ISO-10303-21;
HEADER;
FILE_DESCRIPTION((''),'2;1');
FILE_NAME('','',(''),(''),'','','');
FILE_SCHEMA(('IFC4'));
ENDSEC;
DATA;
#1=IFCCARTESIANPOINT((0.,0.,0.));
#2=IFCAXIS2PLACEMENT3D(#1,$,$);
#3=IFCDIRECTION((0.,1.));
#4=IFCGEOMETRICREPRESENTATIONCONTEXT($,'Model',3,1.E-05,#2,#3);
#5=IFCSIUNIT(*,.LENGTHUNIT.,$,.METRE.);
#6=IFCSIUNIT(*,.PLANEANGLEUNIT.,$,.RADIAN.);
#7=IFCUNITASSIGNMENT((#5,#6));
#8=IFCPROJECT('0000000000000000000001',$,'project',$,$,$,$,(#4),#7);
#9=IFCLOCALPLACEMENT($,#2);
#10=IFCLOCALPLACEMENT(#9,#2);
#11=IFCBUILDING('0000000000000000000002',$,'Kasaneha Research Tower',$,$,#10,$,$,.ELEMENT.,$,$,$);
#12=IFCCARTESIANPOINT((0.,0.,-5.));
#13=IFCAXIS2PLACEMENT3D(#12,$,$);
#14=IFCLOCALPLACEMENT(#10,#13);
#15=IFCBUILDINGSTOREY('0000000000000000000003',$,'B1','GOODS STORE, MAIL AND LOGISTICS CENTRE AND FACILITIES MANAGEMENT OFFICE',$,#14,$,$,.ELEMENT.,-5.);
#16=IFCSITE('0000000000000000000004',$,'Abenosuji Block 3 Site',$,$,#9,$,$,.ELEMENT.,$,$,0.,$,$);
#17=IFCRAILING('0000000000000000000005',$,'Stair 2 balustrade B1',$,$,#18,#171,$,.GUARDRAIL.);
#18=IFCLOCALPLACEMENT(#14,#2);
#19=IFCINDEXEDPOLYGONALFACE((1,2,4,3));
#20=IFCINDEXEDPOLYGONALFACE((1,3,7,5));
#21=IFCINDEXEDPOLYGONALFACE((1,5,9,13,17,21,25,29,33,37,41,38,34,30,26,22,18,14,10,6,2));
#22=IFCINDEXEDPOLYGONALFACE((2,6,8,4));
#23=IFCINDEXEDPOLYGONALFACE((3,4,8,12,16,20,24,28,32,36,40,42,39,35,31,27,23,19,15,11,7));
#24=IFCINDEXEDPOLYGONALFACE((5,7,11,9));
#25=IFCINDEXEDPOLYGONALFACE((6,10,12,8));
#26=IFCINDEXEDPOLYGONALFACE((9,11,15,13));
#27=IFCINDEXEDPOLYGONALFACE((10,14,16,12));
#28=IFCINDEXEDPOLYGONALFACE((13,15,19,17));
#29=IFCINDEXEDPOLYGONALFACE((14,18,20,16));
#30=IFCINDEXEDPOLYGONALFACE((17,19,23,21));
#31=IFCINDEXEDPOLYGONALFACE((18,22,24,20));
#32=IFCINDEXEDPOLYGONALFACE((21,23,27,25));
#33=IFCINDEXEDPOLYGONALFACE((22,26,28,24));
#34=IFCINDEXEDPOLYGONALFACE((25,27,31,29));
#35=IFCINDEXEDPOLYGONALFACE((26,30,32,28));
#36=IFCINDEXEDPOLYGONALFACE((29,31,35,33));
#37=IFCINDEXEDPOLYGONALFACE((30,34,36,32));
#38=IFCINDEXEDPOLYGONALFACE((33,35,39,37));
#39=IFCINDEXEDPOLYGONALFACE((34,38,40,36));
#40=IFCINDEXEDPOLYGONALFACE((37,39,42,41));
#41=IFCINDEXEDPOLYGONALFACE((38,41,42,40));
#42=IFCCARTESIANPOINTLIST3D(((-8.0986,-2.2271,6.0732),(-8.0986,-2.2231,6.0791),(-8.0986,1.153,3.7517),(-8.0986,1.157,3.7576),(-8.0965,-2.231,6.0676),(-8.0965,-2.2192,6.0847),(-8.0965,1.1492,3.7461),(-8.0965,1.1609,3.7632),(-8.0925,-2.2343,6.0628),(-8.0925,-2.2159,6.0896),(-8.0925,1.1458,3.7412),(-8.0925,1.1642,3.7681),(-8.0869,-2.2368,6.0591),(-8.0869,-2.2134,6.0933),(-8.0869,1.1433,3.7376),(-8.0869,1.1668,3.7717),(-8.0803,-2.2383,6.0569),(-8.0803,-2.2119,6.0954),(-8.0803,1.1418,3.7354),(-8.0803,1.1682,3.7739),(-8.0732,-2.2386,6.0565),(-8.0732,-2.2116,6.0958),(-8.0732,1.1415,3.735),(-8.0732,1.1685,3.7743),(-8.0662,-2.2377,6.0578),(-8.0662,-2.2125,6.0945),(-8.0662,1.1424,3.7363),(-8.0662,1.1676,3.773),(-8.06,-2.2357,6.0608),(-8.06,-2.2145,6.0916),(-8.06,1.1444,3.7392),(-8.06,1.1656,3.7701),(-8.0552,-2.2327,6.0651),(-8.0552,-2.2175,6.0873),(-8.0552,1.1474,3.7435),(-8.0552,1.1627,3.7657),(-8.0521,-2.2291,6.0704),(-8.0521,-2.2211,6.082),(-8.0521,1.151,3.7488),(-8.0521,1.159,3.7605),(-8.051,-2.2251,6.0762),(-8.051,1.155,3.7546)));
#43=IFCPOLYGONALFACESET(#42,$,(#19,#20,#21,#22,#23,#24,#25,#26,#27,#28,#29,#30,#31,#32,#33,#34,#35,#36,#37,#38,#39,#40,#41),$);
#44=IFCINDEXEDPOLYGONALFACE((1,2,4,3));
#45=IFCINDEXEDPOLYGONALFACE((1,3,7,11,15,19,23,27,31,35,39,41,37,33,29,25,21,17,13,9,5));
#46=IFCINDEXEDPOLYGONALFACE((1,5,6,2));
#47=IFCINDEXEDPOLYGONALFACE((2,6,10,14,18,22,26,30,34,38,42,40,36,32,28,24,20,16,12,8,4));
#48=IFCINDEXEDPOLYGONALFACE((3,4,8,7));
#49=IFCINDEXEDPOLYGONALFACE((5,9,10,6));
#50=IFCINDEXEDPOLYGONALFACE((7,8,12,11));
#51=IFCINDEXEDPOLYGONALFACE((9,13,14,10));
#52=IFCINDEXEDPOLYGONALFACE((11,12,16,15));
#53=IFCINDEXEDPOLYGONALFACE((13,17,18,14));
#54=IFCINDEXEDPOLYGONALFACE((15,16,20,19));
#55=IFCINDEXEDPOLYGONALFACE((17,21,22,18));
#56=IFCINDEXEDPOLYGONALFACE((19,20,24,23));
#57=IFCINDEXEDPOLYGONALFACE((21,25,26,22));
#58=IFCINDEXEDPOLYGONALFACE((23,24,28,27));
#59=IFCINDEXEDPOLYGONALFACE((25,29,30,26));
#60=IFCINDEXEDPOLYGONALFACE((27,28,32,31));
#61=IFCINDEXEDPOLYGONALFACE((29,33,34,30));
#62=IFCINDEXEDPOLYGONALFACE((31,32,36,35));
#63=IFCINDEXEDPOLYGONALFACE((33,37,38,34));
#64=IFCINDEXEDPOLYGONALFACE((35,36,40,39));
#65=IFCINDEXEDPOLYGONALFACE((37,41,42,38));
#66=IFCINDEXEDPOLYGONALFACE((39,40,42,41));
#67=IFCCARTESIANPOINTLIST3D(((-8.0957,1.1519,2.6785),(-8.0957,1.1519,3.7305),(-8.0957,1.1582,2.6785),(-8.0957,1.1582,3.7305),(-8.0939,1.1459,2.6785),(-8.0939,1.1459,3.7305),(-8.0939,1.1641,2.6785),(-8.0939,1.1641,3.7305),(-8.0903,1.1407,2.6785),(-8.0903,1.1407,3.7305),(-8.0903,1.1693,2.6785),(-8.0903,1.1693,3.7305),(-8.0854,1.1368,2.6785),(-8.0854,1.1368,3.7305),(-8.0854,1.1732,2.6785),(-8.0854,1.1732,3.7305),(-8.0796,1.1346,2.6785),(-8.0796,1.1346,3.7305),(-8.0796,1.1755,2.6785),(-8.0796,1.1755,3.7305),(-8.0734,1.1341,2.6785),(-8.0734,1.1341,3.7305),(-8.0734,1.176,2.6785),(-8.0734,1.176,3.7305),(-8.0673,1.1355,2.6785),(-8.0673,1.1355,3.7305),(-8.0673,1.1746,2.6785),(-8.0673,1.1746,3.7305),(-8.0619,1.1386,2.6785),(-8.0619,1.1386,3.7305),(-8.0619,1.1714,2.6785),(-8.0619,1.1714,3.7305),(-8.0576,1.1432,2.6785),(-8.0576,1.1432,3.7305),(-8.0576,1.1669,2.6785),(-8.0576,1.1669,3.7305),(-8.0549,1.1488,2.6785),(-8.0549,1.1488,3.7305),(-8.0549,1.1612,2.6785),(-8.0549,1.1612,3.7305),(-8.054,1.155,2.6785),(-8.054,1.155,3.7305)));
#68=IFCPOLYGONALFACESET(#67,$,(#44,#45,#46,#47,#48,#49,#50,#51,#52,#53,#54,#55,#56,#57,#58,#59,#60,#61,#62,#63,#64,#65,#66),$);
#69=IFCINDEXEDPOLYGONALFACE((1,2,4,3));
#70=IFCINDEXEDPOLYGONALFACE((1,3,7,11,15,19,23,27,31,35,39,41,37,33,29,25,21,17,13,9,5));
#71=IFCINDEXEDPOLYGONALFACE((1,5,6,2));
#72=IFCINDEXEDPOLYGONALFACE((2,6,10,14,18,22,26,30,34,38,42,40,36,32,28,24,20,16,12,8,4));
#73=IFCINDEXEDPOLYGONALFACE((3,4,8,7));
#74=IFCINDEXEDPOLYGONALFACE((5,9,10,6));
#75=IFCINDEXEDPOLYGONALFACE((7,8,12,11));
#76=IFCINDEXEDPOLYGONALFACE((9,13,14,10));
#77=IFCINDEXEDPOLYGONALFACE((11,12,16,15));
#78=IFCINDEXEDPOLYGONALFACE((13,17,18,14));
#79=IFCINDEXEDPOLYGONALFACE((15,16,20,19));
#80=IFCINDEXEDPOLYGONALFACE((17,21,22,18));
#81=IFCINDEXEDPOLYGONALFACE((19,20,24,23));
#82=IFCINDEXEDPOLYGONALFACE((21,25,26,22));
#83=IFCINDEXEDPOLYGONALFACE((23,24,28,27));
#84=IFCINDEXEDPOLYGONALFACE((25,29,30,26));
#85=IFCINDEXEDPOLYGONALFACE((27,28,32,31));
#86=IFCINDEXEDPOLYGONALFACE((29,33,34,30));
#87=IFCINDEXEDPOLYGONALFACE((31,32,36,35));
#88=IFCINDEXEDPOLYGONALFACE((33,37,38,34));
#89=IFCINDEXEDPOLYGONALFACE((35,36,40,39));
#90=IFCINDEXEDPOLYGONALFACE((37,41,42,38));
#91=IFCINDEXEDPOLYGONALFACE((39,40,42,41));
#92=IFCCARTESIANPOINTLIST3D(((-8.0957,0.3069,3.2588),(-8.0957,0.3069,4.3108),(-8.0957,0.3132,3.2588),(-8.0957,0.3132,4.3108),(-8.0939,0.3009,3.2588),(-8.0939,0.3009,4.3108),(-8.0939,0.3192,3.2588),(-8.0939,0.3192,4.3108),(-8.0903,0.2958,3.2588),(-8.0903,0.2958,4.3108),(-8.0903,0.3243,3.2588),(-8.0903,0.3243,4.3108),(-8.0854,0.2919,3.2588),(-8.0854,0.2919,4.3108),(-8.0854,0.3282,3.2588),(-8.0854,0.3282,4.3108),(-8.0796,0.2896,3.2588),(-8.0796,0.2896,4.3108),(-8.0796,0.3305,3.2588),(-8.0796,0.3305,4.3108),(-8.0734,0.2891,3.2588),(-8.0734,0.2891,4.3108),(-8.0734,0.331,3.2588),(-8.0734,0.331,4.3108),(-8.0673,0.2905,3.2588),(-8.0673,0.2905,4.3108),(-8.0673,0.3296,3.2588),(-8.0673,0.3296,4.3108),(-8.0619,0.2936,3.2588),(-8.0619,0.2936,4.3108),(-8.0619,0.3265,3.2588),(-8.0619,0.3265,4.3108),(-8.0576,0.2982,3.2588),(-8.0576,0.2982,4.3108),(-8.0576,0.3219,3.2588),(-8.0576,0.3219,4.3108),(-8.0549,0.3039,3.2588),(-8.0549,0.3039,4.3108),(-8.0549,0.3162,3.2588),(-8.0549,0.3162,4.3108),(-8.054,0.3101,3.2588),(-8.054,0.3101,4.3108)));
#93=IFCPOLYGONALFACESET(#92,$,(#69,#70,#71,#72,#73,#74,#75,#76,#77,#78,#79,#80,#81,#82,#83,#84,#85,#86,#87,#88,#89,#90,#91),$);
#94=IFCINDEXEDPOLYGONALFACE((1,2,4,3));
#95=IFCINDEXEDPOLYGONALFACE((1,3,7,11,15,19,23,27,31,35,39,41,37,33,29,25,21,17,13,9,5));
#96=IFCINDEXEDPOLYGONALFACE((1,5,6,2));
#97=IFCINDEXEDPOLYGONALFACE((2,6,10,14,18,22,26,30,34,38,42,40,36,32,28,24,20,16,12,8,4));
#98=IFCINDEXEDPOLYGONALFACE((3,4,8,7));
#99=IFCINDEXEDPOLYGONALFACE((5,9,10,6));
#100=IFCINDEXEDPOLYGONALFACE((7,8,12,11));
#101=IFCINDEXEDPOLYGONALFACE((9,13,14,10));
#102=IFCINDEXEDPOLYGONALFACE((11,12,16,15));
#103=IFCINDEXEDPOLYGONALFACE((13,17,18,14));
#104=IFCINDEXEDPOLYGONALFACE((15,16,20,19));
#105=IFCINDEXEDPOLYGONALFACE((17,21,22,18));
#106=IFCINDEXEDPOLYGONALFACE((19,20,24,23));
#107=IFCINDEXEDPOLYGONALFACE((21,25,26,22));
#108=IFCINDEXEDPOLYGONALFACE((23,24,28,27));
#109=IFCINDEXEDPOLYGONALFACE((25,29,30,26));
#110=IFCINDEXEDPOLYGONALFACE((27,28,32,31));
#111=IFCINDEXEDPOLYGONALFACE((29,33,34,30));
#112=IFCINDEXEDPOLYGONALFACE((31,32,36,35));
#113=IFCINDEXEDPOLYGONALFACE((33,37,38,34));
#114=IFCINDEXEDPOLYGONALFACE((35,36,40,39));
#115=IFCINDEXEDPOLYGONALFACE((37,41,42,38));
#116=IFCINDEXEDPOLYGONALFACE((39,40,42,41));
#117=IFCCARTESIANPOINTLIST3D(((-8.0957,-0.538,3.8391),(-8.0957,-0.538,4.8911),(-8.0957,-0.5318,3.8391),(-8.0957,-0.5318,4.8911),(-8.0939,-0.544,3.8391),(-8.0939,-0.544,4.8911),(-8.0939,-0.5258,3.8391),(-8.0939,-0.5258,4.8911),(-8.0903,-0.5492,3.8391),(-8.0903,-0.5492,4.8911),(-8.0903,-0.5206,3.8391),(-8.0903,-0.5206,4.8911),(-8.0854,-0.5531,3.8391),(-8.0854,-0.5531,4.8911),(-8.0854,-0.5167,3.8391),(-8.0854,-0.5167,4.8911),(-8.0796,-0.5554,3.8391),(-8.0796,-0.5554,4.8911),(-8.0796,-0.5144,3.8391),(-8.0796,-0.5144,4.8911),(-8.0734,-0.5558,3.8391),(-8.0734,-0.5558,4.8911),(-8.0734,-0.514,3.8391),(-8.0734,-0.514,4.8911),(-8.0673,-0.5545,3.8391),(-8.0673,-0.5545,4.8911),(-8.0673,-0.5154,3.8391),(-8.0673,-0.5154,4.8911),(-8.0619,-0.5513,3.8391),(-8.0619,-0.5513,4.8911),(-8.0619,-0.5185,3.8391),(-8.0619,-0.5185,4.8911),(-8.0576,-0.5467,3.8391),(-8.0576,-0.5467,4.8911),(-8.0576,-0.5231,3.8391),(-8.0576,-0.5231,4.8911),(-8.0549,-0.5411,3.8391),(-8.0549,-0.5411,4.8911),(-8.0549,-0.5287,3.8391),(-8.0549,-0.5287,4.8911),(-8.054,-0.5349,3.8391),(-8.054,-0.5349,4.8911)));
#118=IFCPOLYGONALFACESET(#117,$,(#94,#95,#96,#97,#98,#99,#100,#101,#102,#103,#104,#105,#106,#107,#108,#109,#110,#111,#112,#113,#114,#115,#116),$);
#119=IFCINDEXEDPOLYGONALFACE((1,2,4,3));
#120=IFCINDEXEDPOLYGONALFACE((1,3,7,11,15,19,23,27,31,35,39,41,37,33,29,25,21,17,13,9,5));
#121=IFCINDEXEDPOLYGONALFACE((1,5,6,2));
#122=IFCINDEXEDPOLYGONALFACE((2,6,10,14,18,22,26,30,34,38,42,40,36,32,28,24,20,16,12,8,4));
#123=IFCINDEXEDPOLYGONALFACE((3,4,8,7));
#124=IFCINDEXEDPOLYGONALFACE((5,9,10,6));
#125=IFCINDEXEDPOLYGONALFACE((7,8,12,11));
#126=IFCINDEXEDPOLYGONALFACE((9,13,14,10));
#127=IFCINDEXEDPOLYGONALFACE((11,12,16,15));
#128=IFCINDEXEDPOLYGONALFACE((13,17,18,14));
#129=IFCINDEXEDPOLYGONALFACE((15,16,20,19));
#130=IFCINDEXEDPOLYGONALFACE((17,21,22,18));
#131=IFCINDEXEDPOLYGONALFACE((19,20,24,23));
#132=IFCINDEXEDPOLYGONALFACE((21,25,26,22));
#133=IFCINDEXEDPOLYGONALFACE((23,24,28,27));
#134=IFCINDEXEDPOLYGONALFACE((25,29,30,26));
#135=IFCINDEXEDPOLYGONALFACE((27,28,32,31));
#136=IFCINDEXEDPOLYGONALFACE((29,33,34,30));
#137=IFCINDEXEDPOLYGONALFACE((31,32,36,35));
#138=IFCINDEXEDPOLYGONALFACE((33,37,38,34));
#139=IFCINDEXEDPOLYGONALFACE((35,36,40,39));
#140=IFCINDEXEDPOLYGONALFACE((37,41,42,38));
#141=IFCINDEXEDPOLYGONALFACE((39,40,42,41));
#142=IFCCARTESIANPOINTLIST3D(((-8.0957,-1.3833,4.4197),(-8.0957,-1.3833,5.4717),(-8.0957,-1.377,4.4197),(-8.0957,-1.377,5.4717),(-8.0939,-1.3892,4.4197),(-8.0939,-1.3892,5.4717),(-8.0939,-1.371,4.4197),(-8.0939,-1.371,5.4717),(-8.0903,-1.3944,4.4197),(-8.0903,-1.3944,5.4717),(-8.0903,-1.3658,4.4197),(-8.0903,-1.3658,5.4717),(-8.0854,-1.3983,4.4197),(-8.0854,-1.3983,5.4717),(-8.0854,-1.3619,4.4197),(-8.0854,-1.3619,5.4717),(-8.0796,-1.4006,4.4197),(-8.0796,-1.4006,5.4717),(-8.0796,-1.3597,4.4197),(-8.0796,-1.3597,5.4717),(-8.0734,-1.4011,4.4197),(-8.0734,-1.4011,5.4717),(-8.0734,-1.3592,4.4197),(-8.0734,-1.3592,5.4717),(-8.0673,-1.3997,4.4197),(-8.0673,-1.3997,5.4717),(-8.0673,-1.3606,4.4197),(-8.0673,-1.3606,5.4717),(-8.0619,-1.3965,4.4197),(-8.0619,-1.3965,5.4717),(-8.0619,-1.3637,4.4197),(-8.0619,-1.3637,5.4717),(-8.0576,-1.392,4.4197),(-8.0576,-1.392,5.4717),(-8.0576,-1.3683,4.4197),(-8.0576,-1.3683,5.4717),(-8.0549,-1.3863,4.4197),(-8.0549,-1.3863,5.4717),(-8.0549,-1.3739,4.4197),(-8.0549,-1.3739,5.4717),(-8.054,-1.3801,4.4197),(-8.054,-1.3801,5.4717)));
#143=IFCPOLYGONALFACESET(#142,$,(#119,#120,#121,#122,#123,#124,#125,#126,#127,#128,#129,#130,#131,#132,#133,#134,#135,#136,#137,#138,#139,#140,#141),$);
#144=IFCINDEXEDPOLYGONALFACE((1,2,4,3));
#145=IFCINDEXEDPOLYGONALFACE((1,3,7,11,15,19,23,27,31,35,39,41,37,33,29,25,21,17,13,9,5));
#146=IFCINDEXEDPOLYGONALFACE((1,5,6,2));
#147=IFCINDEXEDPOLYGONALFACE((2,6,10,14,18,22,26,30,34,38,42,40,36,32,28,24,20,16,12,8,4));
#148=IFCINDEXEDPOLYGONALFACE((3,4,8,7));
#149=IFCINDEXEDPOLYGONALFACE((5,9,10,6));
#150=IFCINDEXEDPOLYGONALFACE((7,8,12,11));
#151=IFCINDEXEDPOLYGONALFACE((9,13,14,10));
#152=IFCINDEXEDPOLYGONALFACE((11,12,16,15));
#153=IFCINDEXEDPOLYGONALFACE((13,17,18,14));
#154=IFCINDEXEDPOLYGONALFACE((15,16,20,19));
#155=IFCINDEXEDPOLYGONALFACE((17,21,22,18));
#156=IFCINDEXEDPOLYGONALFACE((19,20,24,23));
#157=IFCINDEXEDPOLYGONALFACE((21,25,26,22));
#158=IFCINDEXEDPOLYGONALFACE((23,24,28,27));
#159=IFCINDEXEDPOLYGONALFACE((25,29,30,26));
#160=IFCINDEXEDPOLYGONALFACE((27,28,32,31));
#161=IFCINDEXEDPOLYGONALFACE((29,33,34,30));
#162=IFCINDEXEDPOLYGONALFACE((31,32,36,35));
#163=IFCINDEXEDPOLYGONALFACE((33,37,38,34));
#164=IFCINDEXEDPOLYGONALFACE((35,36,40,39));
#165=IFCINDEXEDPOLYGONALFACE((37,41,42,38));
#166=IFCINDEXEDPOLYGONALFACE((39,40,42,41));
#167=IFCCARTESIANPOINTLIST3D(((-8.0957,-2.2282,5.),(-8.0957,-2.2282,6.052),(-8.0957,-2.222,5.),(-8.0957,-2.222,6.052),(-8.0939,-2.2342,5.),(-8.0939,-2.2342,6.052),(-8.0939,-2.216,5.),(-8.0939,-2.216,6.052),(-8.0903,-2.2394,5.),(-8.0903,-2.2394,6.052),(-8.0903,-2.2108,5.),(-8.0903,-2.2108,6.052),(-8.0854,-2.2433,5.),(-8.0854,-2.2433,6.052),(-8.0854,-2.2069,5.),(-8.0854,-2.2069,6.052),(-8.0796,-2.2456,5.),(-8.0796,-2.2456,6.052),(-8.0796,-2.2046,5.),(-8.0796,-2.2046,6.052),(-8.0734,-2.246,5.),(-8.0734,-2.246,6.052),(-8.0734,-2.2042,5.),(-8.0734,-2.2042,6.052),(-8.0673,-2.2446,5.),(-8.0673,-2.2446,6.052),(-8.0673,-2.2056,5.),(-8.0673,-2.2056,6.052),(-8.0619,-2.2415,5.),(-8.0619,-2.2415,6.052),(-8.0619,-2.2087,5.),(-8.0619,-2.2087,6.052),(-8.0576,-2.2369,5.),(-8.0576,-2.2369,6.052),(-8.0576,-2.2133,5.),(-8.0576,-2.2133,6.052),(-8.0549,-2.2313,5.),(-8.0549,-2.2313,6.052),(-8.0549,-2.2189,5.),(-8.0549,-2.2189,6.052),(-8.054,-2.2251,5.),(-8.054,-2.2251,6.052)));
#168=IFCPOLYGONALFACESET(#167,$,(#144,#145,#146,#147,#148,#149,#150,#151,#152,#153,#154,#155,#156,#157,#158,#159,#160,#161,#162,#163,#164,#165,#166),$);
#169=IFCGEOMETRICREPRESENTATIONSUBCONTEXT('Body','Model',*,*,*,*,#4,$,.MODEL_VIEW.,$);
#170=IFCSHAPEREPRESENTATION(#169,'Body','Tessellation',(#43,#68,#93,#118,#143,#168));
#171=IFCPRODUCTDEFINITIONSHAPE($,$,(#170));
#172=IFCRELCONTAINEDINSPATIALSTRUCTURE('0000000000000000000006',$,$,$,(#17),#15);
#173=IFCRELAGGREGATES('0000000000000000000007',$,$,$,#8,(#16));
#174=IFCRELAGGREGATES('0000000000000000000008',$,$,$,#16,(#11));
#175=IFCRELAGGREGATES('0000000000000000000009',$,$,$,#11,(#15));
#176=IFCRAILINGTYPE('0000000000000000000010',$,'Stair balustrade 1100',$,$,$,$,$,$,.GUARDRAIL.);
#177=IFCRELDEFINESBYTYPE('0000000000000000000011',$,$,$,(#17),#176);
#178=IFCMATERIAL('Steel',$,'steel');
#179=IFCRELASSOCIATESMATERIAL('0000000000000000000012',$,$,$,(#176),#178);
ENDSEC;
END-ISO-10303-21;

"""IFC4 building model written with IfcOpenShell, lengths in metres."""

from ifc_helpers import new_model, si_unit, direction, frame, origin, origin_2d, place, context, subcontext, project, spatial, circle, extrude, material, type_object, element, save


model = new_model("IFC4")

# Units and contexts
model_context = context("Model", 3, precision=1e-05, world=origin(), true_north=direction((0.0, 1.0)))
body_context = subcontext(model_context, "Body", "Model", "MODEL_VIEW")
ifc_project = project(units=[si_unit("LENGTHUNIT", "METRE"), si_unit("PLANEANGLEUNIT", "RADIAN")], contexts=[model_context])

# Site, building, storey
site_placement = place(None, origin())
site = spatial("IfcSite", under=ifc_project, at=site_placement, Name="Abenosuji Block 3 Site", CompositionType="ELEMENT", RefElevation=0.0)
building_placement = place(site_placement, origin())
building = spatial("IfcBuilding", under=site, at=building_placement, Name="Kasaneha Research Tower", CompositionType="ELEMENT")
storey_placement = place(building_placement, frame((0.0, 0.0, -5.0)))
storey = spatial("IfcBuildingStorey", under=building, at=storey_placement, Name="B1", Description="GOODS STORE, MAIL AND LOGISTICS CENTRE AND FACILITIES MANAGEMENT OFFICE", CompositionType="ELEMENT", Elevation=-5.0)

# Railing
ifc_material_1 = material(Name="Steel", Category="steel")
railing_type_1 = type_object("IfcRailingType", Name="Stair balustrade 1100", PredefinedType="GUARDRAIL", material=ifc_material_1)
railing_1_placement = place(storey_placement, frame((-8.075, 1.155, 2.6785)))
element("IfcRailing", 1, at=railing_1_placement, inside=storey, type_object=railing_type_1, Name="Stair 2 balustrade B1", PredefinedType="GUARDRAIL", context=body_context, shape_type="SweptSolid", body=[
    extrude(circle(Radius=0.0239, at=origin_2d()), frame((0.0, 0.0, 1.0762), z_axis=(0.0, -0.824304, 0.566147), x_axis=(1.0, 0.0, 0.0)), (0.0, 0.0, 1.0), 4.1006),
    extrude(circle(Radius=0.021, at=origin_2d()), origin(), (0.0, 0.0, 1.0), 1.052),
    extrude(circle(Radius=0.021, at=origin_2d()), frame((0.0, -0.845, 0.5803)), (0.0, 0.0, 1.0), 1.052),
    extrude(circle(Radius=0.021, at=origin_2d()), frame((0.0, -1.6899, 1.1606)), (0.0, 0.0, 1.0), 1.052),
    extrude(circle(Radius=0.021, at=origin_2d()), frame((0.0, -2.5352, 1.7412)), (0.0, 0.0, 1.0), 1.052),
    extrude(circle(Radius=0.021, at=origin_2d()), frame((0.0, -3.3801, 2.3215)), (0.0, 0.0, 1.0), 1.052),
])

save(model, "model.ifc")
